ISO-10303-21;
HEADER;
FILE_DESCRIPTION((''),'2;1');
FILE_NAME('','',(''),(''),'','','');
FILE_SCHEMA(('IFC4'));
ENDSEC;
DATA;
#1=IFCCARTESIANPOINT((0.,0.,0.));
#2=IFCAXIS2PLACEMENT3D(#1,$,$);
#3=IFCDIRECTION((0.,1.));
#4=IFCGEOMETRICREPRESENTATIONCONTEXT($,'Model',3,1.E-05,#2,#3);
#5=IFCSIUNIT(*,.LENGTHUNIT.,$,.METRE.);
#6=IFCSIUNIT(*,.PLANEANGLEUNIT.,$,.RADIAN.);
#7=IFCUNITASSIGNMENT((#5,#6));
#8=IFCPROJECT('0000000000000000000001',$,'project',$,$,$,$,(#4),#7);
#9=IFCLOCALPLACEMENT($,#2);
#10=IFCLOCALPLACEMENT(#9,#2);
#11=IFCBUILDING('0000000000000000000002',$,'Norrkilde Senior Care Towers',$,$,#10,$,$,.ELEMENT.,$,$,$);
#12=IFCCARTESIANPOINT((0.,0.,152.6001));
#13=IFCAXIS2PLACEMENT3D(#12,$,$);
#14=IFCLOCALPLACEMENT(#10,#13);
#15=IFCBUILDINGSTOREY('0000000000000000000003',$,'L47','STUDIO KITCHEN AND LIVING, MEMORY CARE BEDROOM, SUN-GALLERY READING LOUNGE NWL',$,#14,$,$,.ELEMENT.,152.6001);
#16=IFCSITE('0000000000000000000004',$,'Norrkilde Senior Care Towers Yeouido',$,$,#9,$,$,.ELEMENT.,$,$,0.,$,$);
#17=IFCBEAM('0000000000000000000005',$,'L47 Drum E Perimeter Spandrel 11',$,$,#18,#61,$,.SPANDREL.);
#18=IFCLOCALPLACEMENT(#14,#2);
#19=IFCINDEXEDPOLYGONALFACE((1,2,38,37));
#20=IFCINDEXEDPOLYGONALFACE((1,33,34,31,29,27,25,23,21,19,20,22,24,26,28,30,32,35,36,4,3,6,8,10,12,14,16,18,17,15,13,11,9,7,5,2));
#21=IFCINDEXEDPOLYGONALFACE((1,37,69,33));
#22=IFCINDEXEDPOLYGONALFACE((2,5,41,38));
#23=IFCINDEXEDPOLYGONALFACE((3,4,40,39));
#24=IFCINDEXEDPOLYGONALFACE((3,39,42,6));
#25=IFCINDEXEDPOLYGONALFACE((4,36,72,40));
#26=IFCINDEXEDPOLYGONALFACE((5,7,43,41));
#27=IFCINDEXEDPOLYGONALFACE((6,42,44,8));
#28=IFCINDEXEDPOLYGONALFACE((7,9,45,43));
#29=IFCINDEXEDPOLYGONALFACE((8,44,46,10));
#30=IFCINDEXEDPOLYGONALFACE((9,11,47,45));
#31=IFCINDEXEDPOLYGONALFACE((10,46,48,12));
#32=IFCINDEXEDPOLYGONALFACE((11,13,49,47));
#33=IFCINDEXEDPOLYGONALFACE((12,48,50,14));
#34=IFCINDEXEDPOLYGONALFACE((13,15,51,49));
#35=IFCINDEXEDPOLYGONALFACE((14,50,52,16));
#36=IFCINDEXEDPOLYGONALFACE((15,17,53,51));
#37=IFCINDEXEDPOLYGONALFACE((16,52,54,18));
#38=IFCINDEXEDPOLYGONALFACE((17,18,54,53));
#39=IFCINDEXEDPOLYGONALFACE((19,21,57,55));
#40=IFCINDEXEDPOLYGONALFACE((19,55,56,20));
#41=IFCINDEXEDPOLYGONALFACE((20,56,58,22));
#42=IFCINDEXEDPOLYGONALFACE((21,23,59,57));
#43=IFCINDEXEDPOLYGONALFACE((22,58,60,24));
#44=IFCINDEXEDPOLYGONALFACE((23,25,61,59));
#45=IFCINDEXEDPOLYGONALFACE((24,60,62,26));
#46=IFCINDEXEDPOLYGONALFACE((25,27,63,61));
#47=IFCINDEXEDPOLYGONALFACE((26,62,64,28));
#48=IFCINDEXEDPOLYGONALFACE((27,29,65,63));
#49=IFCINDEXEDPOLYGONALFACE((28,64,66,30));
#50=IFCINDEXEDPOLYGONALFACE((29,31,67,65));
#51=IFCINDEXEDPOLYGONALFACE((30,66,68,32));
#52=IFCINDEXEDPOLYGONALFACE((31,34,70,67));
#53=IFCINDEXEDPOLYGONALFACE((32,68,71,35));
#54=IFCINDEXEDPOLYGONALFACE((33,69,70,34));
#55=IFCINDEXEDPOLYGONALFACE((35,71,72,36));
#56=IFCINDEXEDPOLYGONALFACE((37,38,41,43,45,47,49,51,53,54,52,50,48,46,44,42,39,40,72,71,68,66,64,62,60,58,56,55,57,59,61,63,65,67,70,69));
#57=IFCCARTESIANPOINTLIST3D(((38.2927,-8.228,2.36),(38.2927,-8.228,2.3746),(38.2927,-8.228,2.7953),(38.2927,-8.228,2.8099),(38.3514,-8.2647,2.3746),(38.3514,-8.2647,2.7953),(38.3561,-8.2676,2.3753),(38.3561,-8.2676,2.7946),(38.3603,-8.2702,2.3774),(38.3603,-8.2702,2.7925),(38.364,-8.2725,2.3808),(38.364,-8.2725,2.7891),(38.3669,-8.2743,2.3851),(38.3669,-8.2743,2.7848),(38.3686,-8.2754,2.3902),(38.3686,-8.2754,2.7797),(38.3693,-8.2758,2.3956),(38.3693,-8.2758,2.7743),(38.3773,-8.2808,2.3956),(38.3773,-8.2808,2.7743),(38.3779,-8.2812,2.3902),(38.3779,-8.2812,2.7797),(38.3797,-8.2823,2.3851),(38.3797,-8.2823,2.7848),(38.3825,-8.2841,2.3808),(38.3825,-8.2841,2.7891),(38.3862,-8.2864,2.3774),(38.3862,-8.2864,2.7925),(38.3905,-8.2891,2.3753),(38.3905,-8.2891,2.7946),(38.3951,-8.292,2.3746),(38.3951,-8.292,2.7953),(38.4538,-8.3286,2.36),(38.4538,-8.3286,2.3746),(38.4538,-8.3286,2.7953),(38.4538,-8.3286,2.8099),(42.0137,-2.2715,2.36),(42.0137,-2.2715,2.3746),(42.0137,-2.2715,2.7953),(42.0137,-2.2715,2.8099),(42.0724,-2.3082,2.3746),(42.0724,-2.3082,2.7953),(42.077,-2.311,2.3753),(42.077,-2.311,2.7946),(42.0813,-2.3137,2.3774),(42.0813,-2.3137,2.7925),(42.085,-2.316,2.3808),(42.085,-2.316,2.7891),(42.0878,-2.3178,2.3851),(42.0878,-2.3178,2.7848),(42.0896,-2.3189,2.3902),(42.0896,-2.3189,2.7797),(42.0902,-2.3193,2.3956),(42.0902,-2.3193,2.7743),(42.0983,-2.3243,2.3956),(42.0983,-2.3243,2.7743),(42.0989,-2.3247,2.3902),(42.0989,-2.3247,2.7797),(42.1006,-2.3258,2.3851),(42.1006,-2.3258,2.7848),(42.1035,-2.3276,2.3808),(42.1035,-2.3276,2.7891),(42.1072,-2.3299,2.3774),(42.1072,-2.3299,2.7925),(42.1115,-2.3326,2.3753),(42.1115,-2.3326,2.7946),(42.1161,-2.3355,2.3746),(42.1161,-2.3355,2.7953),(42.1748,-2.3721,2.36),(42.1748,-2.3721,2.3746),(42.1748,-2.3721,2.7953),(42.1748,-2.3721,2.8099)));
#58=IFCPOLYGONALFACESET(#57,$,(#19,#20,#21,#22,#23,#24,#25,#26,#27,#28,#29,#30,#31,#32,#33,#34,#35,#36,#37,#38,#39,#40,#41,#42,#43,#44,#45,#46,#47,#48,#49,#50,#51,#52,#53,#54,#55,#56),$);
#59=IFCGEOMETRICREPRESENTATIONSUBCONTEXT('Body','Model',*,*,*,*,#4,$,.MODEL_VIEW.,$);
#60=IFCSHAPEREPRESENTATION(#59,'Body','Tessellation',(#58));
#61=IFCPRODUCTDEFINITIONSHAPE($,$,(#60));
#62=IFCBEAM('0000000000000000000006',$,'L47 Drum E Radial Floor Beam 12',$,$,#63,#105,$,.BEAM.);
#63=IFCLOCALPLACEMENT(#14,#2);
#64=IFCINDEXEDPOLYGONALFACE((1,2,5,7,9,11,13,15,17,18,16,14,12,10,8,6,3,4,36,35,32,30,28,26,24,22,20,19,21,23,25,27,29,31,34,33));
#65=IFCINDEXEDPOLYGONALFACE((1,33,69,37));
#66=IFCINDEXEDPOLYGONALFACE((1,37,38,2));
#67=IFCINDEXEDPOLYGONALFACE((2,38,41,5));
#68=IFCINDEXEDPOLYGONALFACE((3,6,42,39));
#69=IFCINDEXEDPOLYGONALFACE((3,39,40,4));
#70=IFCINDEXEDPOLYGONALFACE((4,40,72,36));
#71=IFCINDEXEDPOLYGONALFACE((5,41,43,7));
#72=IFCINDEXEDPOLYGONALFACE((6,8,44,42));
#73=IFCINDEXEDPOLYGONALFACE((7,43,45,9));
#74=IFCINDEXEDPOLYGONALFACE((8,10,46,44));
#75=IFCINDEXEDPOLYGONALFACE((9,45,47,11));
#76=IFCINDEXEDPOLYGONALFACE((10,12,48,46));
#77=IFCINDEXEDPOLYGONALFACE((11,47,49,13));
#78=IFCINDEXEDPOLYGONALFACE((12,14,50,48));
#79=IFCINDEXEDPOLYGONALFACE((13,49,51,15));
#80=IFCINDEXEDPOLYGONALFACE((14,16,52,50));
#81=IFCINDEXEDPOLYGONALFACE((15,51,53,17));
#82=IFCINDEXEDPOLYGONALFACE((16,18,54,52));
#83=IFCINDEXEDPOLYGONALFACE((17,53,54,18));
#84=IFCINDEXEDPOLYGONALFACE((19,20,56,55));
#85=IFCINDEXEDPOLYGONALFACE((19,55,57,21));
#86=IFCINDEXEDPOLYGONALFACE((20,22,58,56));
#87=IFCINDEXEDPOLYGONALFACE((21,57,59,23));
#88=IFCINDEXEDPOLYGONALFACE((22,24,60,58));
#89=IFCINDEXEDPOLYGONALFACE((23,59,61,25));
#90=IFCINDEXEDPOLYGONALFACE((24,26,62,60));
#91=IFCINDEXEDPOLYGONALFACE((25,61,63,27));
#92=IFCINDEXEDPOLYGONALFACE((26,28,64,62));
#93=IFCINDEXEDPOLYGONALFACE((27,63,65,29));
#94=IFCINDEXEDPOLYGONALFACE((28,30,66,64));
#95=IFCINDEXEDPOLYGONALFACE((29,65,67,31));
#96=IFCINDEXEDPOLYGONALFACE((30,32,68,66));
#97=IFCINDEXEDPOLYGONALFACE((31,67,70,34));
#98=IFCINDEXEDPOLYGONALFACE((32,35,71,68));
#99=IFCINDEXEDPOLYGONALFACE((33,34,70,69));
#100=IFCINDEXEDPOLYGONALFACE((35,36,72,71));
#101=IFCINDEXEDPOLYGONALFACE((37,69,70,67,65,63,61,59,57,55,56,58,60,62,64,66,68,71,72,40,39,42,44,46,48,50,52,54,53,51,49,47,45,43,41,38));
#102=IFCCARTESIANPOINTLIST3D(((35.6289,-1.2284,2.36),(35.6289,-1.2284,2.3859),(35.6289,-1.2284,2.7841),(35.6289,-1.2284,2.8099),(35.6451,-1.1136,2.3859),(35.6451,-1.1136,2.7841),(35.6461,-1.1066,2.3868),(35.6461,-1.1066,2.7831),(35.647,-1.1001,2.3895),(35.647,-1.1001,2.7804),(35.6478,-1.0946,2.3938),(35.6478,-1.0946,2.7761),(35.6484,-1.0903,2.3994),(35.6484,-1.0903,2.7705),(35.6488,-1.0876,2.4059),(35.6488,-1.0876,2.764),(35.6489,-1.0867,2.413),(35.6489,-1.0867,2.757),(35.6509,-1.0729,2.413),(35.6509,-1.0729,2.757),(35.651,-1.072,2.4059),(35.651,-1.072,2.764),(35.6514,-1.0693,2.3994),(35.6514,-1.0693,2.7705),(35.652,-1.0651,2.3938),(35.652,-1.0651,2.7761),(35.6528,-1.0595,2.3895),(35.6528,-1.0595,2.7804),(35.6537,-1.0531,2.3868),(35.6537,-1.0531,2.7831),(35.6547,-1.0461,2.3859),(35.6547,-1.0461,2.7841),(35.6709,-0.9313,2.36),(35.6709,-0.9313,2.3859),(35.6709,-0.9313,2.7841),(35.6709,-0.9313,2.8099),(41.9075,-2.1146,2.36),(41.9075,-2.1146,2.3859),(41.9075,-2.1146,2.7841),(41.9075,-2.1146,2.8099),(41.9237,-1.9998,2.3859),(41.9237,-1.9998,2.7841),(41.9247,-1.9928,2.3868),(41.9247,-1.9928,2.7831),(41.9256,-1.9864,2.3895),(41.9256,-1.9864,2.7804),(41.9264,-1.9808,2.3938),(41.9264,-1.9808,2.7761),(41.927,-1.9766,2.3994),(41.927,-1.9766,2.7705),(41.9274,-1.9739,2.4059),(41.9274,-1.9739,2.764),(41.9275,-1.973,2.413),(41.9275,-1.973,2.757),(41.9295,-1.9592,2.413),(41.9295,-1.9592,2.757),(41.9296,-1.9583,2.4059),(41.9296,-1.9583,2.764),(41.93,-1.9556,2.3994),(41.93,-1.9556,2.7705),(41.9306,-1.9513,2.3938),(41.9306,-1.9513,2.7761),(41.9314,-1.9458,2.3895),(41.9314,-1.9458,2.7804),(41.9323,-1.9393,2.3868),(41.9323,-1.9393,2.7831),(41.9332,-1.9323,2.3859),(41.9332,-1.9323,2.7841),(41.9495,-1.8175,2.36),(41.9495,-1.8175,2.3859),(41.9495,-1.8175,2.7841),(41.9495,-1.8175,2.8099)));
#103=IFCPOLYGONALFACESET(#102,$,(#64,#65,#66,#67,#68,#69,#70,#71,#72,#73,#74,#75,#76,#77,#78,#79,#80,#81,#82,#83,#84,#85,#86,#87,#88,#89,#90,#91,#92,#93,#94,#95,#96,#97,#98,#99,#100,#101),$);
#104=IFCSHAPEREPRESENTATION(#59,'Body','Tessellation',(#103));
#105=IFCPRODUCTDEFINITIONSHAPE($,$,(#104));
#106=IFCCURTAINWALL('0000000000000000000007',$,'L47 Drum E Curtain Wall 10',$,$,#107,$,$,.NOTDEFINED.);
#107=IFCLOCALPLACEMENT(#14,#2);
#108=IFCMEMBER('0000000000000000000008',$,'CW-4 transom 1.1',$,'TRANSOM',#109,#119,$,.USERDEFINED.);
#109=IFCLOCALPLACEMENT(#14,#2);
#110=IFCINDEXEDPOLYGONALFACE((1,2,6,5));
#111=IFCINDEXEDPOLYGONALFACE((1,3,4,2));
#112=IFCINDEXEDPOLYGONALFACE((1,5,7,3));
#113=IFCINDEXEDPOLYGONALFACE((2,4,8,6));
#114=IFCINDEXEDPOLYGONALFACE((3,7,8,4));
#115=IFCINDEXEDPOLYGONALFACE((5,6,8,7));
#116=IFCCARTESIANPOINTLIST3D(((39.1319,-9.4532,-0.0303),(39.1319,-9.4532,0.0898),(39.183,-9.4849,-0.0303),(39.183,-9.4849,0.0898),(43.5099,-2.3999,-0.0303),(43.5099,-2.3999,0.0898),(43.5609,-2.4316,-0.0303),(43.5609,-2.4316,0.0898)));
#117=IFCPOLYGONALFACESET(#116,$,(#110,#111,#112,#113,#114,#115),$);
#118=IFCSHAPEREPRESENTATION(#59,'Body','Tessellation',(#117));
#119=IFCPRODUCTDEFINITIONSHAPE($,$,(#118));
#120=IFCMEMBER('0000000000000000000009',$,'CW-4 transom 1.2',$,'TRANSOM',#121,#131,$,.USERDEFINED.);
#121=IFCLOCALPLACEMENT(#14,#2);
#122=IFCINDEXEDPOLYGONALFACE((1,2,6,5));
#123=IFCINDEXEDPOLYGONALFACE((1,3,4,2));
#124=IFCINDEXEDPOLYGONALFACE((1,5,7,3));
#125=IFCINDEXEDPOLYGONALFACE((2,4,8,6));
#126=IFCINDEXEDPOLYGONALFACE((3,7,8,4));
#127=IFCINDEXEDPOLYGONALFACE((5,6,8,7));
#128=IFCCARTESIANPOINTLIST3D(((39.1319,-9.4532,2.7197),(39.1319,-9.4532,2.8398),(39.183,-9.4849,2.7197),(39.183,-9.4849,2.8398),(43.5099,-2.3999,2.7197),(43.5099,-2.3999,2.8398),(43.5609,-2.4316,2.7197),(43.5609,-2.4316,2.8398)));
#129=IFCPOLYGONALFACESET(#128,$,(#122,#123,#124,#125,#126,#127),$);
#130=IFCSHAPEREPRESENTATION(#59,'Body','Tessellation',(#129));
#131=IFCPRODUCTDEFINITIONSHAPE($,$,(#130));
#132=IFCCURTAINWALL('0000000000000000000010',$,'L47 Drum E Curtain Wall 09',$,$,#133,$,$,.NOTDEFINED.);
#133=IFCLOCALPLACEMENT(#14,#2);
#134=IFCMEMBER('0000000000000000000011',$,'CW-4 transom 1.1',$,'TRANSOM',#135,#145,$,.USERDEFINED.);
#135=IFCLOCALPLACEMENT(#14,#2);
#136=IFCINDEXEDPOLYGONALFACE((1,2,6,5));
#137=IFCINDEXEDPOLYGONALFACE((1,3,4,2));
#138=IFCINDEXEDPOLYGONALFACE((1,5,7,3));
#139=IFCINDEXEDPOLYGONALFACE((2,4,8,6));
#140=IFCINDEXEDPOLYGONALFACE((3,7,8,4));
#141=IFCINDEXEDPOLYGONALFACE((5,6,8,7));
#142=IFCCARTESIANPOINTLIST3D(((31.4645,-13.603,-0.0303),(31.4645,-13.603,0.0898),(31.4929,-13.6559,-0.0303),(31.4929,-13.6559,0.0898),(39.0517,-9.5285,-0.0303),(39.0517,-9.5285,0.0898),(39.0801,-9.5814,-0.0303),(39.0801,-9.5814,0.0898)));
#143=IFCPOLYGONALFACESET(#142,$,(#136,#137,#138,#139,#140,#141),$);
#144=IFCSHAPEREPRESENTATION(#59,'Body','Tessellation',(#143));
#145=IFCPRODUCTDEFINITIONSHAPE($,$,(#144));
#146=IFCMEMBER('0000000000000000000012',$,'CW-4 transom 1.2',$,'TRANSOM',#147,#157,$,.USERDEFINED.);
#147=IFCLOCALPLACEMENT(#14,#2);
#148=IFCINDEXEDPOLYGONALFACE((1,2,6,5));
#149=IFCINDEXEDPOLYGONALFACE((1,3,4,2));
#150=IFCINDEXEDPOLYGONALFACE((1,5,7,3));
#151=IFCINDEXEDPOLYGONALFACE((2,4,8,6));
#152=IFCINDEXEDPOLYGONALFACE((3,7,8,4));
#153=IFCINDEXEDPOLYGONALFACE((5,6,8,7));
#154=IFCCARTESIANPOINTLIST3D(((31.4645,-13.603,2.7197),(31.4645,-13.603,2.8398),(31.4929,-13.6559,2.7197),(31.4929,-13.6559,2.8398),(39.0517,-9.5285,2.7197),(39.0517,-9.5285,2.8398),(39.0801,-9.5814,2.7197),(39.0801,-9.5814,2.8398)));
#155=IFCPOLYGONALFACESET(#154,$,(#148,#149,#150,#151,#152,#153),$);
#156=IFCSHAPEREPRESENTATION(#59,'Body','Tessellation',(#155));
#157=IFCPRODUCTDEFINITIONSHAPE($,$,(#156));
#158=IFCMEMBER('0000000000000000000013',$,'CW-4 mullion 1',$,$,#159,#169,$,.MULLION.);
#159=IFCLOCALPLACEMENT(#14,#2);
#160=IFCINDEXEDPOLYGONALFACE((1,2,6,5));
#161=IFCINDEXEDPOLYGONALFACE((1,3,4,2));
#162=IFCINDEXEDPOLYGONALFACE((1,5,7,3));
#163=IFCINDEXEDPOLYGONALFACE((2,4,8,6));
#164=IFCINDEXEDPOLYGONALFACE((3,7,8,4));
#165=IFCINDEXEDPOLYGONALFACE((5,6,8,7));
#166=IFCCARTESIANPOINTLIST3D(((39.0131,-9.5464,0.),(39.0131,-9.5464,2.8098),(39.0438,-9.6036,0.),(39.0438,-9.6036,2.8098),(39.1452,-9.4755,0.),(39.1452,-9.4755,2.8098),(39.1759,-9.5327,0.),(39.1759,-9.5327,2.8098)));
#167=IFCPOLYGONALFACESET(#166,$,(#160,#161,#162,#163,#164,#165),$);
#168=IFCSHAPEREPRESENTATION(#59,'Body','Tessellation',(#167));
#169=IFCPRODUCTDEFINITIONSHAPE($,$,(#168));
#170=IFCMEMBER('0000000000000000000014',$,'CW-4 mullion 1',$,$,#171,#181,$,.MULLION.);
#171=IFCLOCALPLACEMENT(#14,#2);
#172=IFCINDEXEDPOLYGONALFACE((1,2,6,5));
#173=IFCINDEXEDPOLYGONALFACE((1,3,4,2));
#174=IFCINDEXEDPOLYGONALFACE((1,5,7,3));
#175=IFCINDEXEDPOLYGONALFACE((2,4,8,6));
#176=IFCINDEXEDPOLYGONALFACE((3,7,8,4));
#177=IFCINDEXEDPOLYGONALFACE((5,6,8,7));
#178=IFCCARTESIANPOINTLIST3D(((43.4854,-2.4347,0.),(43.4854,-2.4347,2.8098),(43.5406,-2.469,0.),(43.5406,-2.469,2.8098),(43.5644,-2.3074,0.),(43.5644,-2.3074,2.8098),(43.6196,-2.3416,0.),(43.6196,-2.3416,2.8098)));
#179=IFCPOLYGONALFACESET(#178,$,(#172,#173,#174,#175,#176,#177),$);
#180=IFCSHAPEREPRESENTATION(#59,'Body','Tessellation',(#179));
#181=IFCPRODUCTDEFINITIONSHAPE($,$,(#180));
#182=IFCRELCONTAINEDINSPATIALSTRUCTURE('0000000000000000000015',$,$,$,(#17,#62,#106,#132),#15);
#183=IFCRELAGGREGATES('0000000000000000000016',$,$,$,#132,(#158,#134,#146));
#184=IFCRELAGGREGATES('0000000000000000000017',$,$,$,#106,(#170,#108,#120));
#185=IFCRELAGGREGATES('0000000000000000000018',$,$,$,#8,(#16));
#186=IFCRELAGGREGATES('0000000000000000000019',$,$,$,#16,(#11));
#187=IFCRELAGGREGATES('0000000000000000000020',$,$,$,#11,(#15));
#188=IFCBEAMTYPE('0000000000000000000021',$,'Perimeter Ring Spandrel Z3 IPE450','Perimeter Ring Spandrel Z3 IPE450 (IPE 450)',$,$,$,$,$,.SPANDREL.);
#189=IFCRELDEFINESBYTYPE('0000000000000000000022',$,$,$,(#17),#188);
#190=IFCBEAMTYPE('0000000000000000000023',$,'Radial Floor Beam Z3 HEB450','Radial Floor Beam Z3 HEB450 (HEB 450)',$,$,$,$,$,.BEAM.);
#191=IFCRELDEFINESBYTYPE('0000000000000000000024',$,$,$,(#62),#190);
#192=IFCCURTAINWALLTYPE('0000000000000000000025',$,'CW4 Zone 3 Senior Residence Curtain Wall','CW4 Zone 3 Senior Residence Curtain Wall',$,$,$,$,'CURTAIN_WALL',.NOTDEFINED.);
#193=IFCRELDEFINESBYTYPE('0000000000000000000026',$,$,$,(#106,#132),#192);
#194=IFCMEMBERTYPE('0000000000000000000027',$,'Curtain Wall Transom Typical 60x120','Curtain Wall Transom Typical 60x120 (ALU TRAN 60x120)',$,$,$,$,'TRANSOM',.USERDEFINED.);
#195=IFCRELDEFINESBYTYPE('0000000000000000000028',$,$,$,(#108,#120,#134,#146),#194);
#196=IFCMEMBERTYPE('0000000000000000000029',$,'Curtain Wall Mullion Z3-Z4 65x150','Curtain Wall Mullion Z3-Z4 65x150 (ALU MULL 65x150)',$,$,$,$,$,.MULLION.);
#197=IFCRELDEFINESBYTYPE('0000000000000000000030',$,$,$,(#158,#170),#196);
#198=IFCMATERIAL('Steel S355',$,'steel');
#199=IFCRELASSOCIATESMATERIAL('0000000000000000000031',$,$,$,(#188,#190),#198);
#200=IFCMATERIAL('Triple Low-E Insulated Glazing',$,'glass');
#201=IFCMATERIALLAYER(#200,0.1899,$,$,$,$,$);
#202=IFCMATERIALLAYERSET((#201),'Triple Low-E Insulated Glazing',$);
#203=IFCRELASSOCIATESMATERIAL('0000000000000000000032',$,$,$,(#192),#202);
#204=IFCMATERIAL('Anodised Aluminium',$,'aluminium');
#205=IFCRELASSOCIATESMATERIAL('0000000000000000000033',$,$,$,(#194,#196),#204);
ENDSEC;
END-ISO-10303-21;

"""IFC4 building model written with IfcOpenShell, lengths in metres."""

from ifc_helpers import new_model, si_unit, direction, frame, origin, origin_2d, place, context, subcontext, project, spatial, rectangle, i_section, extrude, source, transform, mapped, material, layer, layer_set, material_profile, profile_set, type_object, type_shapes, element, aggregate, save


model = new_model("IFC4")

# Units and contexts
model_context = context("Model", 3, precision=1e-05, world=origin(), true_north=direction((0.0, 1.0)))
body_context = subcontext(model_context, "Body", "Model", "MODEL_VIEW")
ifc_project = project(units=[si_unit("LENGTHUNIT", "METRE"), si_unit("PLANEANGLEUNIT", "RADIAN")], contexts=[model_context])

# Site, building, storey
site_placement = place(None, origin())
site = spatial("IfcSite", under=ifc_project, at=site_placement, Name="Norrkilde Senior Care Towers Yeouido", CompositionType="ELEMENT", RefElevation=0.0)
building_placement = place(site_placement, origin())
building = spatial("IfcBuilding", under=site, at=building_placement, Name="Norrkilde Senior Care Towers", CompositionType="ELEMENT")
storey_placement = place(building_placement, frame((0.0, 0.0, 152.6001)))
storey = spatial("IfcBuildingStorey", under=building, at=storey_placement, Name="L47", Description="STUDIO KITCHEN AND LIVING, MEMORY CARE BEDROOM, SUN-GALLERY READING LOUNGE NWL", CompositionType="ELEMENT", Elevation=152.6001)

# Beams
ifc_material_1 = material(Name="Steel S355", Category="steel")
ifc_material_profile_1 = material_profile(ifc_material_1, i_section(OverallWidth=0.1899, OverallDepth=0.45, WebThickness=0.0095, FlangeThickness=0.0146, FilletRadius=0.021, at=origin_2d()), Name="IPE 450")
ifc_profile_set_1 = profile_set([ifc_material_profile_1], Name="Steel S355")
beam_type_1 = type_object("IfcBeamType", Name="Perimeter Ring Spandrel Z3 IPE450", Description="Perimeter Ring Spandrel Z3 IPE450 (IPE 450)", PredefinedType="SPANDREL", material=ifc_profile_set_1)
shared_shape_1 = source(origin(), body_context, "Body", "SweptSolid", [
    extrude(i_section(OverallWidth=0.1899, OverallDepth=0.45, WebThickness=0.0095, FlangeThickness=0.0146, FilletRadius=0.021, at=origin_2d()), origin(), (0.0, 0.0, 1.0), 7.0232),
])
beam_1_placement = place(storey_placement, frame((38.3733, -8.2783, 2.585), z_axis=(0.529805, 0.848119, 0.0), x_axis=(-0.848119, 0.529805, 0.0)))
element("IfcBeam", 1, at=beam_1_placement, inside=storey, type_object=beam_type_1, Name="L47 Drum E Perimeter Spandrel 11", PredefinedType="SPANDREL", context=body_context, shape_type="MappedRepresentation", body=[
    mapped(shared_shape_1, transform((0.0, 0.0, 0.0), x_axis=(1.0, 0.0, 0.0), y_axis=(0.0, 1.0, 0.0), z_axis=(0.0, 0.0, 1.0), scale=1.0)),
])
ifc_material_profile_2 = material_profile(ifc_material_1, i_section(OverallWidth=0.3, OverallDepth=0.45, WebThickness=0.0139, FlangeThickness=0.0259, FilletRadius=0.0271, at=origin_2d()), Name="HEB 450")
ifc_profile_set_2 = profile_set([ifc_material_profile_2], Name="Steel S355")
beam_type_2 = type_object("IfcBeamType", Name="Radial Floor Beam Z3 HEB450", Description="Radial Floor Beam Z3 HEB450 (HEB 450)", PredefinedType="BEAM", material=ifc_profile_set_2)
shared_shape_2 = source(origin(), body_context, "Body", "SweptSolid", [
    extrude(i_section(OverallWidth=0.3, OverallDepth=0.45, WebThickness=0.0139, FlangeThickness=0.0259, FilletRadius=0.0271, at=origin_2d()), origin(), (0.0, 0.0, 1.0), 6.3408),
])
type_shapes(beam_type_2, [shared_shape_2])
beam_2_placement = place(storey_placement, frame((35.6499, -1.0798, 2.585), z_axis=(0.990185, -0.139766, 0.0), x_axis=(0.139766, 0.990185, 0.0)))
element("IfcBeam", 2, at=beam_2_placement, inside=storey, type_object=beam_type_2, Name="L47 Drum E Radial Floor Beam 12", PredefinedType="BEAM", context=body_context, shape_type="MappedRepresentation", body=[
    mapped(shared_shape_2, transform((0.0, 0.0, 0.0), x_axis=(1.0, 0.0, 0.0), y_axis=(0.0, 1.0, 0.0), z_axis=(0.0, 0.0, 1.0), scale=1.0)),
])

# Curtain walls, members
ifc_material_2 = material(Name="Triple Low-E Insulated Glazing", Category="glass")
ifc_layer_1 = layer(ifc_material_2, 0.1899)
ifc_layer_set_1 = layer_set([ifc_layer_1], Name="Triple Low-E Insulated Glazing")
curtain_wall_type = type_object("IfcCurtainWallType", Name="CW4 Zone 3 Senior Residence Curtain Wall", Description="CW4 Zone 3 Senior Residence Curtain Wall", ElementType="CURTAIN_WALL", PredefinedType="NOTDEFINED", material=ifc_layer_set_1)
curtain_wall_1_placement = place(storey_placement, origin())
curtain_wall_1 = element("IfcCurtainWall", 3, at=curtain_wall_1_placement, inside=storey, type_object=curtain_wall_type, Name="L47 Drum E Curtain Wall 10", PredefinedType="NOTDEFINED")
ifc_material_3 = material(Name="Anodised Aluminium", Category="aluminium")
ifc_material_profile_3 = material_profile(ifc_material_3, rectangle(XDim=0.0601, YDim=0.1201, at=origin_2d()), Name="ALU TRAN 60x120")
ifc_profile_set_3 = profile_set([ifc_material_profile_3], Name="Anodised Aluminium")
member_type_1 = type_object("IfcMemberType", Name="Curtain Wall Transom Typical 60x120", Description="Curtain Wall Transom Typical 60x120 (ALU TRAN 60x120)", ElementType="TRANSOM", PredefinedType="USERDEFINED", material=ifc_profile_set_3)
shared_shape_3 = source(origin(), body_context, "Body", "SweptSolid", [
    extrude(rectangle(XDim=0.0601, YDim=0.1201, at=origin_2d()), origin(), (0.0, 0.0, 1.0), 8.3015),
])
member_1_placement = place(storey_placement, frame((43.5354, -2.4158, 0.0298), z_axis=(-0.527369, -0.849637, 0.0), x_axis=(0.849637, -0.527369, 0.0)))
member_1 = element("IfcMember", 4, at=member_1_placement, type_object=member_type_1, Name="CW-4 transom 1.1", ObjectType="TRANSOM", PredefinedType="USERDEFINED", context=body_context, shape_type="MappedRepresentation", body=[
    mapped(shared_shape_3, transform((0.0, 0.0, 0.0), x_axis=(1.0, 0.0, 0.0), y_axis=(0.0, 1.0, 0.0), z_axis=(0.0, 0.0, 1.0), scale=1.0)),
])
member_2_placement = place(storey_placement, frame((43.5354, -2.4158, 2.7798), z_axis=(-0.527369, -0.849637, 0.0), x_axis=(0.849637, -0.527369, 0.0)))
member_2 = element("IfcMember", 5, at=member_2_placement, type_object=member_type_1, Name="CW-4 transom 1.2", ObjectType="TRANSOM", PredefinedType="USERDEFINED", context=body_context, shape_type="MappedRepresentation", body=[
    mapped(shared_shape_3, transform((0.0, 0.0, 0.0), x_axis=(1.0, 0.0, 0.0), y_axis=(0.0, 1.0, 0.0), z_axis=(0.0, 0.0, 1.0), scale=1.0)),
])
curtain_wall_2_placement = place(storey_placement, origin())
curtain_wall_2 = element("IfcCurtainWall", 6, at=curtain_wall_2_placement, inside=storey, type_object=curtain_wall_type, Name="L47 Drum E Curtain Wall 09", PredefinedType="NOTDEFINED")
shared_shape_4 = source(origin(), body_context, "Body", "SweptSolid", [
    extrude(rectangle(XDim=0.0601, YDim=0.1201, at=origin_2d()), origin(), (0.0, 0.0, 1.0), 8.6121),
])
type_shapes(member_type_1, [shared_shape_3, shared_shape_4])
member_3_placement = place(storey_placement, frame((39.0659, -9.5549, 0.0298), z_axis=(-0.881, -0.473116, 0.0), x_axis=(0.473116, -0.881, 0.0)))
member_3 = element("IfcMember", 7, at=member_3_placement, type_object=member_type_1, Name="CW-4 transom 1.1", ObjectType="TRANSOM", PredefinedType="USERDEFINED", context=body_context, shape_type="MappedRepresentation", body=[
    mapped(shared_shape_4, transform((0.0, 0.0, 0.0), x_axis=(1.0, 0.0, 0.0), y_axis=(0.0, 1.0, 0.0), z_axis=(0.0, 0.0, 1.0), scale=1.0)),
])
member_4_placement = place(storey_placement, frame((39.0659, -9.5549, 2.7798), z_axis=(-0.881, -0.473116, 0.0), x_axis=(0.473116, -0.881, 0.0)))
member_4 = element("IfcMember", 8, at=member_4_placement, type_object=member_type_1, Name="CW-4 transom 1.2", ObjectType="TRANSOM", PredefinedType="USERDEFINED", context=body_context, shape_type="MappedRepresentation", body=[
    mapped(shared_shape_4, transform((0.0, 0.0, 0.0), x_axis=(1.0, 0.0, 0.0), y_axis=(0.0, 1.0, 0.0), z_axis=(0.0, 0.0, 1.0), scale=1.0)),
])
ifc_material_profile_4 = material_profile(ifc_material_3, rectangle(XDim=0.0649, YDim=0.1499, at=origin_2d()), Name="ALU MULL 65x150")
ifc_profile_set_4 = profile_set([ifc_material_profile_4], Name="Anodised Aluminium")
member_type_2 = type_object("IfcMemberType", Name="Curtain Wall Mullion Z3-Z4 65x150", Description="Curtain Wall Mullion Z3-Z4 65x150 (ALU MULL 65x150)", PredefinedType="MULLION", material=ifc_profile_set_4)
shared_shape_5 = source(origin(), body_context, "Body", "SweptSolid", [
    extrude(rectangle(XDim=0.0649, YDim=0.1499, at=origin_2d()), origin(), (0.0, 0.0, 1.0), 2.8098),
])
type_shapes(member_type_2, [shared_shape_5])
member_5_placement = place(storey_placement, frame((39.0945, -9.5396, 0.0), z_axis=(0.0, 0.0, 1.0), x_axis=(0.473117, -0.881, 0.0)))
member_5 = element("IfcMember", 9, at=member_5_placement, type_object=member_type_2, Name="CW-4 mullion 1", PredefinedType="MULLION", context=body_context, shape_type="MappedRepresentation", body=[
    mapped(shared_shape_5, transform((0.0, 0.0, 0.0), x_axis=(1.0, 0.0, 0.0), y_axis=(0.0, 1.0, 0.0), z_axis=(0.0, 0.0, 1.0), scale=1.0)),
])
aggregate(curtain_wall_2, [member_5, member_3, member_4])

# Member
member_6_placement = place(storey_placement, frame((43.5525, -2.3882, 0.0), z_axis=(0.0, 0.0, 1.0), x_axis=(0.849634, -0.527373, 0.0)))
member_6 = element("IfcMember", 10, at=member_6_placement, type_object=member_type_2, Name="CW-4 mullion 1", PredefinedType="MULLION", context=body_context, shape_type="MappedRepresentation", body=[
    mapped(shared_shape_5, transform((0.0, 0.0, 0.0), x_axis=(1.0, 0.0, 0.0), y_axis=(0.0, 1.0, 0.0), z_axis=(0.0, 0.0, 1.0), scale=1.0)),
])

aggregate(curtain_wall_1, [member_6, member_1, member_2])

save(model, "model.ifc")
